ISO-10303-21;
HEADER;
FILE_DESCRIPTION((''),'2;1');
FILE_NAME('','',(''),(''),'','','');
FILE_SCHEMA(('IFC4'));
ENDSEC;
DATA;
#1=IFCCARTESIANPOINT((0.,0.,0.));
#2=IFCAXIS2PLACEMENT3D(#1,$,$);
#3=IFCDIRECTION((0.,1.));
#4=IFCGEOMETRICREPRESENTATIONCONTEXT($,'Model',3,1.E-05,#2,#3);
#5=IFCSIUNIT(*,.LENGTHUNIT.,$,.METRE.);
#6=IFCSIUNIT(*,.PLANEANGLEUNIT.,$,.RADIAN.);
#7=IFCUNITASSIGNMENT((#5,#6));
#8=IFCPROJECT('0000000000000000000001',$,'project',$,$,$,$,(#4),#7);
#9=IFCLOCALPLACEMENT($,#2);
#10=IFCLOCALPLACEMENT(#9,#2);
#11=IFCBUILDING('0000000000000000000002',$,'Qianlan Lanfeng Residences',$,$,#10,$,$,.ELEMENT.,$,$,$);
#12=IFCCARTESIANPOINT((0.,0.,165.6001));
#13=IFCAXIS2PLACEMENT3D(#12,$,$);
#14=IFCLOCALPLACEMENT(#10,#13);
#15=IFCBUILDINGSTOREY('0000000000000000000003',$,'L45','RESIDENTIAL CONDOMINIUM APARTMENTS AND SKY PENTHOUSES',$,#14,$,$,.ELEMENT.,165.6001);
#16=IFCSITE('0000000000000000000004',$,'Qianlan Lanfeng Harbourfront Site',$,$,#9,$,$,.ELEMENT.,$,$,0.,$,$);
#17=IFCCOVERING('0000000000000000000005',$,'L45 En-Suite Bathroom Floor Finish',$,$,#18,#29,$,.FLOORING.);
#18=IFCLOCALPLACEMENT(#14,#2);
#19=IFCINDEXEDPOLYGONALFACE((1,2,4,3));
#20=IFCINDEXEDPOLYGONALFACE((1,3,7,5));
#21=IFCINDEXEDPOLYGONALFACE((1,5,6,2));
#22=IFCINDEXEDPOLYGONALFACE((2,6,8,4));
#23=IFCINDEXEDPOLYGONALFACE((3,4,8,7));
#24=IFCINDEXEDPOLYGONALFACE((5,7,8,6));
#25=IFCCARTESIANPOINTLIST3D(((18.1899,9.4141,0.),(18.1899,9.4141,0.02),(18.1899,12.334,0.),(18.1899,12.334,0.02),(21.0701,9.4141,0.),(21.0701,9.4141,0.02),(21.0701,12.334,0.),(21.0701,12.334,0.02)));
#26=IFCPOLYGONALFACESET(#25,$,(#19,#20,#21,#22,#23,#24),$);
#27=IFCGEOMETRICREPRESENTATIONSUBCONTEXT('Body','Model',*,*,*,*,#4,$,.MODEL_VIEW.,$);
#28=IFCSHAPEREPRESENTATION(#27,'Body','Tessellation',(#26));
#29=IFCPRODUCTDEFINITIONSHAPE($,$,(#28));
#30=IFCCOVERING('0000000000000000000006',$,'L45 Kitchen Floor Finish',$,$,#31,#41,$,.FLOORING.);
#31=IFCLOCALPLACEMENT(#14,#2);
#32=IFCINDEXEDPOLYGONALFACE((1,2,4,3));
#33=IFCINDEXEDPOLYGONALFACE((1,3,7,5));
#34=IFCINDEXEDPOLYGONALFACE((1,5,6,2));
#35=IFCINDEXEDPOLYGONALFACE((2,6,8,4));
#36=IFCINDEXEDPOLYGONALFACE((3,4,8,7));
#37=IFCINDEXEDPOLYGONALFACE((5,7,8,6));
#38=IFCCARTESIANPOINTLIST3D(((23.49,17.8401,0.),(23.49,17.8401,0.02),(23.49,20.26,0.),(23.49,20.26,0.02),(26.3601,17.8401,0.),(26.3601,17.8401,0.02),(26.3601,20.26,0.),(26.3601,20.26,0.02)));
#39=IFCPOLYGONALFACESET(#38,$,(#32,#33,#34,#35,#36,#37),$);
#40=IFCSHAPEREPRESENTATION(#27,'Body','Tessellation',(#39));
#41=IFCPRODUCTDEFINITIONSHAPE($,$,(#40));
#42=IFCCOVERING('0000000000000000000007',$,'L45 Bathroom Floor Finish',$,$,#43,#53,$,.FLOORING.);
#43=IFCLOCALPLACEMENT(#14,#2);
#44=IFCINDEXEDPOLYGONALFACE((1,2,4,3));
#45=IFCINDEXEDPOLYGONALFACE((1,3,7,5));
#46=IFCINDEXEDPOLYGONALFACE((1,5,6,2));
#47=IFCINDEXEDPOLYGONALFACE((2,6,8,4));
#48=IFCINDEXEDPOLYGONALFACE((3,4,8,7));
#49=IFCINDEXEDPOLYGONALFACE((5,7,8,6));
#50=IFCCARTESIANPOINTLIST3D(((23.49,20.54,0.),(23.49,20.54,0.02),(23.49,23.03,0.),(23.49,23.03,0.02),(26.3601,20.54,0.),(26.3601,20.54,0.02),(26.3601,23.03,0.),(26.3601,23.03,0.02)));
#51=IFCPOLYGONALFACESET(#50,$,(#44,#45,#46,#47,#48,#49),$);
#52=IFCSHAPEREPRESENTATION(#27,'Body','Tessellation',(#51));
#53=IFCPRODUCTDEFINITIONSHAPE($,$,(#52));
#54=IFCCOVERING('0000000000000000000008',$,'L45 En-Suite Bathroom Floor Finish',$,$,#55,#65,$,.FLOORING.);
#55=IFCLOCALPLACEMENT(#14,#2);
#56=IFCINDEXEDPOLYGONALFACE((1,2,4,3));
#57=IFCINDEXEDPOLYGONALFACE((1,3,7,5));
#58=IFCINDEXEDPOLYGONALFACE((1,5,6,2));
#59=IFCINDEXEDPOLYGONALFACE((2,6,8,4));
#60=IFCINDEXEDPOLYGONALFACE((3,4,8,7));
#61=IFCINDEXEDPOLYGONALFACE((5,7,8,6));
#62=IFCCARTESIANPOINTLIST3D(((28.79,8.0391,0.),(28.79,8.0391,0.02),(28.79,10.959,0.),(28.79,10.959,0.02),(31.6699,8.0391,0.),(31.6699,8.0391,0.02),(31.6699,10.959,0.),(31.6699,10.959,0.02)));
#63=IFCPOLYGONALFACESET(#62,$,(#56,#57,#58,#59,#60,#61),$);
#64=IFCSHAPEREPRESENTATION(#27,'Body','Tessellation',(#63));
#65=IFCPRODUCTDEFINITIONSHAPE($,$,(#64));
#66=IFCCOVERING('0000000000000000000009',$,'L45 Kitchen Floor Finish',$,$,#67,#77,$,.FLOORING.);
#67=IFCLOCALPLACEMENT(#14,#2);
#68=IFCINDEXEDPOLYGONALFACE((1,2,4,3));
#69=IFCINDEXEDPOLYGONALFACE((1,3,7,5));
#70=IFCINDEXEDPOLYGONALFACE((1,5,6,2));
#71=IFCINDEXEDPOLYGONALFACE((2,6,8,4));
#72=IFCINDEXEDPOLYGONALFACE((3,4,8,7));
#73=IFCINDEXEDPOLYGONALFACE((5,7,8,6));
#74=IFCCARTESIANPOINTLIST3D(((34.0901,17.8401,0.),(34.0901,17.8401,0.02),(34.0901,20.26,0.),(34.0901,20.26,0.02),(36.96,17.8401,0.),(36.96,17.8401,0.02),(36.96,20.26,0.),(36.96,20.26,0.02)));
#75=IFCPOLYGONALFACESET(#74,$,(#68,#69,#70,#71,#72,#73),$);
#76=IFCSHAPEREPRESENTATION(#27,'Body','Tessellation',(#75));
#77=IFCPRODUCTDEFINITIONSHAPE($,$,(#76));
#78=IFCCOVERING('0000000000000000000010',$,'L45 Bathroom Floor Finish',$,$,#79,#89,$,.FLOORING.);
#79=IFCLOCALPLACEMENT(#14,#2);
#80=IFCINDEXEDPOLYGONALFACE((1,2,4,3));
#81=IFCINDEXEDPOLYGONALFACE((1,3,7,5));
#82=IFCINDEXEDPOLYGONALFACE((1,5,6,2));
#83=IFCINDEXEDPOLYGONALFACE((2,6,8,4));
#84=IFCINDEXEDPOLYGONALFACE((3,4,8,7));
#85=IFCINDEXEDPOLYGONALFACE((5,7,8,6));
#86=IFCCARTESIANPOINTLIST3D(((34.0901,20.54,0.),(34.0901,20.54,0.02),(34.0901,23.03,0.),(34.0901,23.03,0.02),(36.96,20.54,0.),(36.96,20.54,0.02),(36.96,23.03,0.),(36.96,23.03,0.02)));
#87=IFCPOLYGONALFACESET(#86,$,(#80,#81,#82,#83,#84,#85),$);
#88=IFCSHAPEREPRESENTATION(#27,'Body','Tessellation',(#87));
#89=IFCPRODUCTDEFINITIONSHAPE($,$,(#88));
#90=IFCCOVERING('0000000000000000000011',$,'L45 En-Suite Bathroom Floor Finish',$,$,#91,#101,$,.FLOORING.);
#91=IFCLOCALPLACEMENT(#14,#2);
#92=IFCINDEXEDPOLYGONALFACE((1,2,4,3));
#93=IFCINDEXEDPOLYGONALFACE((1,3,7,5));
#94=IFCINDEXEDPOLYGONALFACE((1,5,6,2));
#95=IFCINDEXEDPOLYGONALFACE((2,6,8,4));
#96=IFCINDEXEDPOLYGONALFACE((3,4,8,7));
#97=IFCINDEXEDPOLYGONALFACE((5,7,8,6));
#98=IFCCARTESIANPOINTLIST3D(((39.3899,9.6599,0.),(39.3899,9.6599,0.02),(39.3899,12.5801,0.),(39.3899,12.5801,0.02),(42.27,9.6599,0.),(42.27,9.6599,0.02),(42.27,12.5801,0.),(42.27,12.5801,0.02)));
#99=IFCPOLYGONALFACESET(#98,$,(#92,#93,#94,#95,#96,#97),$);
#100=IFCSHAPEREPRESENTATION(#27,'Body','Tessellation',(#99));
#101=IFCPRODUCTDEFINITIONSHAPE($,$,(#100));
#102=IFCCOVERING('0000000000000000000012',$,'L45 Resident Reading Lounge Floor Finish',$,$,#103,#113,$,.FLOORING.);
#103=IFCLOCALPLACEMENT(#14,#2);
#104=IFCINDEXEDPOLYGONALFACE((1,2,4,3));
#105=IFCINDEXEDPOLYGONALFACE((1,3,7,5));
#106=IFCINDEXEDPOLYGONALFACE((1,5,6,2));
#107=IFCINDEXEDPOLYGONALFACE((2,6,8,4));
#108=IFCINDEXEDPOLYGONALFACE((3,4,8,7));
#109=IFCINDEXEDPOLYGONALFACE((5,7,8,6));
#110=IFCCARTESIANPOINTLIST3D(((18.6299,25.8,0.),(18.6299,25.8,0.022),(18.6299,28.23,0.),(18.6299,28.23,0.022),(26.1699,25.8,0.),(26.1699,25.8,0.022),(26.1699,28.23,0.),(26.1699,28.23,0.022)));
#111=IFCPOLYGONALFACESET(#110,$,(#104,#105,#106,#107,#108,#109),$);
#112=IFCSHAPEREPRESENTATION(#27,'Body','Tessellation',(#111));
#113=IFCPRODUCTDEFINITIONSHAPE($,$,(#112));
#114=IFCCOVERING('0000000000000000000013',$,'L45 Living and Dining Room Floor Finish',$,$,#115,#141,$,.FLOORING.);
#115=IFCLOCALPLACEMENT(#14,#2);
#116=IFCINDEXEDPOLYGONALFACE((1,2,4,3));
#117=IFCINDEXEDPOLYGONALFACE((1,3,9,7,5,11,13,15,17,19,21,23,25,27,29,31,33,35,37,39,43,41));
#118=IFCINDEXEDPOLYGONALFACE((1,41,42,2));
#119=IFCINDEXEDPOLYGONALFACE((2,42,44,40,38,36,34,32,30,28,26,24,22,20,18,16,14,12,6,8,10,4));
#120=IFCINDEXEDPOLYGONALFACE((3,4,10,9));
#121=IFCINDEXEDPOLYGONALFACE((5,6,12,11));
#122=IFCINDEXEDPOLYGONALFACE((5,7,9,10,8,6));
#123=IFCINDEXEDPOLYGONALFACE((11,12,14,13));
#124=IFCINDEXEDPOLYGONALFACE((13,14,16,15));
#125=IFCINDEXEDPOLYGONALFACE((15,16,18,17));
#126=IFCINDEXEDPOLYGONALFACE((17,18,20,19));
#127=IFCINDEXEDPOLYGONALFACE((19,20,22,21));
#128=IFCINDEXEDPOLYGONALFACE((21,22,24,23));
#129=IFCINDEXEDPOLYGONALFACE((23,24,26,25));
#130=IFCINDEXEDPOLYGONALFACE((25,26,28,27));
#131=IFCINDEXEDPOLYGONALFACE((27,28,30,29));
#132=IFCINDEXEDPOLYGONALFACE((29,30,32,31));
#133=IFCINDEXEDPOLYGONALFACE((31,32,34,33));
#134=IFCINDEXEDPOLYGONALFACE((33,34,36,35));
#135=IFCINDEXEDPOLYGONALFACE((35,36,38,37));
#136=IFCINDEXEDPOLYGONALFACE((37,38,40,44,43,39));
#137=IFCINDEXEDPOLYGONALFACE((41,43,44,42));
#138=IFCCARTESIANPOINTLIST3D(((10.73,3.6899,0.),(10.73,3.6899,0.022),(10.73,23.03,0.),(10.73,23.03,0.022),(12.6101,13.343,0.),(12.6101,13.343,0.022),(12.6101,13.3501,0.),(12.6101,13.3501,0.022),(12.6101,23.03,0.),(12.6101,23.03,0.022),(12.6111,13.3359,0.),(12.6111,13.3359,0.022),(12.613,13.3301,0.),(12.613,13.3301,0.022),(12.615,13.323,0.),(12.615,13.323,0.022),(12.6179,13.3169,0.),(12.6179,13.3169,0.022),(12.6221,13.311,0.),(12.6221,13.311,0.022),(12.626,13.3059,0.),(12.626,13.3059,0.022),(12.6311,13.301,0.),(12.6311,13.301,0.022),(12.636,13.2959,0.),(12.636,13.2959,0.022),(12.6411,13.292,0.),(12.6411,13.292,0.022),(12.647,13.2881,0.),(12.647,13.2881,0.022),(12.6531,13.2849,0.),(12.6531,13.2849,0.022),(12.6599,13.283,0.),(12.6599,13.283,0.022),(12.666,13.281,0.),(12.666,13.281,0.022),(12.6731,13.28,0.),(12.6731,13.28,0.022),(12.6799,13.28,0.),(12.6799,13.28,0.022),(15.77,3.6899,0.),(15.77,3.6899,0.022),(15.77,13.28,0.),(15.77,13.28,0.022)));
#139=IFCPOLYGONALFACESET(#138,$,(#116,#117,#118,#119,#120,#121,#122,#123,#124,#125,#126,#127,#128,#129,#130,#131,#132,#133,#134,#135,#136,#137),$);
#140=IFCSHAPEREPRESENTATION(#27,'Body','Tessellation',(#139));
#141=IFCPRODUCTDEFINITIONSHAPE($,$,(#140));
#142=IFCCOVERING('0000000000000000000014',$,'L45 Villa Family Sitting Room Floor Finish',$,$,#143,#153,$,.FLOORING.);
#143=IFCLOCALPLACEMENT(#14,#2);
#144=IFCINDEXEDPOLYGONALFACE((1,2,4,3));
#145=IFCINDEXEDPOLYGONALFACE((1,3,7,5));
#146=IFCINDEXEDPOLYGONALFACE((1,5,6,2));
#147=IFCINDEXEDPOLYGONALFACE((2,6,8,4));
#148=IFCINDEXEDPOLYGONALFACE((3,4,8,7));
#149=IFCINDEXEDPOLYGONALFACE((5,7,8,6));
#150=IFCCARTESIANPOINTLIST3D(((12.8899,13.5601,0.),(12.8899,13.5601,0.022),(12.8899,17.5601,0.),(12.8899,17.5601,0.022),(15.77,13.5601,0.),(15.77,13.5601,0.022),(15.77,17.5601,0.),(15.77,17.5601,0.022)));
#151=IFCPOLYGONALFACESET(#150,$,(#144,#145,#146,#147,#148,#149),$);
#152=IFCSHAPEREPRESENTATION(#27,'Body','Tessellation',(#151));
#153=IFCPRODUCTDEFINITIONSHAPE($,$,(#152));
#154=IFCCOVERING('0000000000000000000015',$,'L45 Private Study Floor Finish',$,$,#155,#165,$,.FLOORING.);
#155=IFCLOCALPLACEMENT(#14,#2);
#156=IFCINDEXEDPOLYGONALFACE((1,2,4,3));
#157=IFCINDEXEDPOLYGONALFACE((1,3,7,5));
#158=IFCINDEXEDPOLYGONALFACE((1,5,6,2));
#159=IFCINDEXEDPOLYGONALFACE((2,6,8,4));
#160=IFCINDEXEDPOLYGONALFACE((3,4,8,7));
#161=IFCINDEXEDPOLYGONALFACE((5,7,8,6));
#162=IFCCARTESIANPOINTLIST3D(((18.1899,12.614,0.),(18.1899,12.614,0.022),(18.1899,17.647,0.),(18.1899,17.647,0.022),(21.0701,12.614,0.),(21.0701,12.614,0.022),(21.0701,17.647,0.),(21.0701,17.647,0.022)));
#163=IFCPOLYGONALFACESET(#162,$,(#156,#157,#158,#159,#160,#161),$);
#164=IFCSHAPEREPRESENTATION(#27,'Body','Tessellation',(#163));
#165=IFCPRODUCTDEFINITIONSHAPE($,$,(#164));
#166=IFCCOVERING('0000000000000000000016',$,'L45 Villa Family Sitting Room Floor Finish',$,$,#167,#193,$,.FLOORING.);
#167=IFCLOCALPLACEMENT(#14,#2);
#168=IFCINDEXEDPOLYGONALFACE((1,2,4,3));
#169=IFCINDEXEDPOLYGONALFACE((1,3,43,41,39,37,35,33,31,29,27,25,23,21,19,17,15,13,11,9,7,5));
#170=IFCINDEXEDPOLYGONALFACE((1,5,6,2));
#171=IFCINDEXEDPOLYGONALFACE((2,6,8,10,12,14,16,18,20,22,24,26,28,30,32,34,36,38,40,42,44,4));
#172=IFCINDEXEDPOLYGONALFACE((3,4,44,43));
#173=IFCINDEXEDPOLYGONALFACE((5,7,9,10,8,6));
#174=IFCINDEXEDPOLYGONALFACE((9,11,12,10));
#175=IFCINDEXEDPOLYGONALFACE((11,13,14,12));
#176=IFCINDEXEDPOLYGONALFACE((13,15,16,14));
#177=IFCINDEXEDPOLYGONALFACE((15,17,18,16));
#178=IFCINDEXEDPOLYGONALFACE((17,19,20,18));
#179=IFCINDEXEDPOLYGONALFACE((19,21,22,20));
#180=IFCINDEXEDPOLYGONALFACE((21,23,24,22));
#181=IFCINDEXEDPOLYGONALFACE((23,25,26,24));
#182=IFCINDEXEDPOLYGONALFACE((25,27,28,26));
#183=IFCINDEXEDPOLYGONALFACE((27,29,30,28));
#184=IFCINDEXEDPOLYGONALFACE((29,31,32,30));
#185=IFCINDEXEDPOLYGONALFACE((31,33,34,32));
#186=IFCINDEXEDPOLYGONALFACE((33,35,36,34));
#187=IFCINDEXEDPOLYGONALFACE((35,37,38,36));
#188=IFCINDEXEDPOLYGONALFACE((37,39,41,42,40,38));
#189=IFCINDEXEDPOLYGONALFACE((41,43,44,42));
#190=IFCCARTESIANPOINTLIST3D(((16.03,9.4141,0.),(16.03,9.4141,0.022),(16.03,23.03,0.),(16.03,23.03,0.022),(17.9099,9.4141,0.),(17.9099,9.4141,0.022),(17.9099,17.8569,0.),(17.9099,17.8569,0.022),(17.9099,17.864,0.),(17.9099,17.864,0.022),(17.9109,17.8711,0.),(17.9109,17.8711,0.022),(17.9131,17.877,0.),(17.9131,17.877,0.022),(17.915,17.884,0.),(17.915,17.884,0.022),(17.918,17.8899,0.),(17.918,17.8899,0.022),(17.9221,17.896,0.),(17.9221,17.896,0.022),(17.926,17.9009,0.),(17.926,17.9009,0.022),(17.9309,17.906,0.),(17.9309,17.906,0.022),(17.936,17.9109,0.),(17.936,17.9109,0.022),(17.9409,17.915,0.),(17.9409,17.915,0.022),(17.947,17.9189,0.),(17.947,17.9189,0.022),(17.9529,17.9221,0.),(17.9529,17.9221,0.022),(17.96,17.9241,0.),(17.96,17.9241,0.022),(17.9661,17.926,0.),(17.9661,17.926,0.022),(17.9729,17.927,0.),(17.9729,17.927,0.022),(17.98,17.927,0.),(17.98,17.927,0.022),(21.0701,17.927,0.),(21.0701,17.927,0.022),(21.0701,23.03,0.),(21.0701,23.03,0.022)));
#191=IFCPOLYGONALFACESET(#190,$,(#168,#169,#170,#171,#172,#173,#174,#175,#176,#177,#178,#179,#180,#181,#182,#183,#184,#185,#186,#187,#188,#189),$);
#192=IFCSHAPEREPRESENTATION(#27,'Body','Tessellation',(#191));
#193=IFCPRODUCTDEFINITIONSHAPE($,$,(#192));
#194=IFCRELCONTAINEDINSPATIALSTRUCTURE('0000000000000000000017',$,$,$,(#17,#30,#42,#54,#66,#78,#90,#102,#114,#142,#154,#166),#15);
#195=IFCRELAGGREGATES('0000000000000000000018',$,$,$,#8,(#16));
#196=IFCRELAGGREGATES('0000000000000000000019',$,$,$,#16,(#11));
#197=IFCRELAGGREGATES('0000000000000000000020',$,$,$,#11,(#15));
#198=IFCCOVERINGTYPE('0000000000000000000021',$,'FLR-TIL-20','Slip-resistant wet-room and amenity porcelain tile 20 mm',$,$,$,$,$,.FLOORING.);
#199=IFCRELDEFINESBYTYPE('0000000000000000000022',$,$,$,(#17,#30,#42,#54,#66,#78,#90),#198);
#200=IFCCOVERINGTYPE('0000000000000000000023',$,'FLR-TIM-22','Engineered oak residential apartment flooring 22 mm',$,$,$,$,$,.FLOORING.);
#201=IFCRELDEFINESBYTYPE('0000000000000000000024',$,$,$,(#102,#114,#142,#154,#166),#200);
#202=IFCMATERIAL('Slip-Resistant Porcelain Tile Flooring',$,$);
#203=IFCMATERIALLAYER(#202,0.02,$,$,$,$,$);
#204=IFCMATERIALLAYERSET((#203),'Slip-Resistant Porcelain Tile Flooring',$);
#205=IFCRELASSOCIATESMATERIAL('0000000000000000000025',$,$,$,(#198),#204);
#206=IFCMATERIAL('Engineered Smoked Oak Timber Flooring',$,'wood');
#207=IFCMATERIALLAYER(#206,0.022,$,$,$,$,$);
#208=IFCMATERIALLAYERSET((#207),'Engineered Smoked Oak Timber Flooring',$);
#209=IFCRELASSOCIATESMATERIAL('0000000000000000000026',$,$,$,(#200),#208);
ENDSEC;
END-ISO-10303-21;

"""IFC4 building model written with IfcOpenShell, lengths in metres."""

from ifc_helpers import new_model, si_unit, direction, frame, origin, place, context, subcontext, project, spatial, polyline, outline, extrude, material, layer, layer_set, type_object, element, save


model = new_model("IFC4")

# Units and contexts
model_context = context("Model", 3, precision=1e-05, world=origin(), true_north=direction((0.0, 1.0)))
body_context = subcontext(model_context, "Body", "Model", "MODEL_VIEW")
ifc_project = project(units=[si_unit("LENGTHUNIT", "METRE"), si_unit("PLANEANGLEUNIT", "RADIAN")], contexts=[model_context])

# Site, building, storey
site_placement = place(None, origin())
site = spatial("IfcSite", under=ifc_project, at=site_placement, Name="Qianlan Lanfeng Harbourfront Site", CompositionType="ELEMENT", RefElevation=0.0)
building_placement = place(site_placement, origin())
building = spatial("IfcBuilding", under=site, at=building_placement, Name="Qianlan Lanfeng Residences", CompositionType="ELEMENT")
storey_placement = place(building_placement, frame((0.0, 0.0, 165.6001)))
storey = spatial("IfcBuildingStorey", under=building, at=storey_placement, Name="L45", Description="RESIDENTIAL CONDOMINIUM APARTMENTS AND SKY PENTHOUSES", CompositionType="ELEMENT", Elevation=165.6001)

# Coverings
ifc_material_1 = material(Name="Slip-Resistant Porcelain Tile Flooring")
ifc_layer_1 = layer(ifc_material_1, 0.02)
ifc_layer_set_1 = layer_set([ifc_layer_1], Name="Slip-Resistant Porcelain Tile Flooring")
covering_type_1 = type_object("IfcCoveringType", Name="FLR-TIL-20", Description="Slip-resistant wet-room and amenity porcelain tile 20 mm", PredefinedType="FLOORING", material=ifc_layer_set_1)
covering_1_placement = place(storey_placement, origin())
element("IfcCovering", 1, at=covering_1_placement, inside=storey, type_object=covering_type_1, Name="L45 En-Suite Bathroom Floor Finish", PredefinedType="FLOORING", context=body_context, shape_type="SweptSolid", body=[
    extrude(outline(polyline([(18.1899, 9.4141), (21.0701, 9.4141), (21.0701, 12.334), (18.1899, 12.334), (18.1899, 9.4141)])), origin(), (0.0, 0.0, 1.0), 0.02),
])
covering_2_placement = place(storey_placement, origin())
element("IfcCovering", 2, at=covering_2_placement, inside=storey, type_object=covering_type_1, Name="L45 Kitchen Floor Finish", PredefinedType="FLOORING", context=body_context, shape_type="SweptSolid", body=[
    extrude(outline(polyline([(23.49, 17.8401), (26.3601, 17.8401), (26.3601, 20.26), (23.49, 20.26), (23.49, 17.8401)])), origin(), (0.0, 0.0, 1.0), 0.02),
])
covering_3_placement = place(storey_placement, origin())
element("IfcCovering", 3, at=covering_3_placement, inside=storey, type_object=covering_type_1, Name="L45 Bathroom Floor Finish", PredefinedType="FLOORING", context=body_context, shape_type="SweptSolid", body=[
    extrude(outline(polyline([(23.49, 20.54), (26.3601, 20.54), (26.3601, 23.03), (23.49, 23.03), (23.49, 20.54)])), origin(), (0.0, 0.0, 1.0), 0.02),
])
covering_4_placement = place(storey_placement, origin())
element("IfcCovering", 4, at=covering_4_placement, inside=storey, type_object=covering_type_1, Name="L45 En-Suite Bathroom Floor Finish", PredefinedType="FLOORING", context=body_context, shape_type="SweptSolid", body=[
    extrude(outline(polyline([(28.79, 8.0391), (31.6699, 8.0391), (31.6699, 10.959), (28.79, 10.959), (28.79, 8.0391)])), origin(), (0.0, 0.0, 1.0), 0.02),
])
covering_5_placement = place(storey_placement, origin())
element("IfcCovering", 5, at=covering_5_placement, inside=storey, type_object=covering_type_1, Name="L45 Kitchen Floor Finish", PredefinedType="FLOORING", context=body_context, shape_type="SweptSolid", body=[
    extrude(outline(polyline([(34.0901, 17.8401), (36.96, 17.8401), (36.96, 20.26), (34.0901, 20.26), (34.0901, 17.8401)])), origin(), (0.0, 0.0, 1.0), 0.02),
])
covering_6_placement = place(storey_placement, origin())
element("IfcCovering", 6, at=covering_6_placement, inside=storey, type_object=covering_type_1, Name="L45 Bathroom Floor Finish", PredefinedType="FLOORING", context=body_context, shape_type="SweptSolid", body=[
    extrude(outline(polyline([(34.0901, 20.54), (36.96, 20.54), (36.96, 23.03), (34.0901, 23.03), (34.0901, 20.54)])), origin(), (0.0, 0.0, 1.0), 0.02),
])
covering_7_placement = place(storey_placement, origin())
element("IfcCovering", 7, at=covering_7_placement, inside=storey, type_object=covering_type_1, Name="L45 En-Suite Bathroom Floor Finish", PredefinedType="FLOORING", context=body_context, shape_type="SweptSolid", body=[
    extrude(outline(polyline([(39.3899, 9.6599), (42.27, 9.6599), (42.27, 12.5801), (39.3899, 12.5801), (39.3899, 9.6599)])), origin(), (0.0, 0.0, 1.0), 0.02),
])
ifc_material_2 = material(Name="Engineered Smoked Oak Timber Flooring", Category="wood")
ifc_layer_2 = layer(ifc_material_2, 0.022)
ifc_layer_set_2 = layer_set([ifc_layer_2], Name="Engineered Smoked Oak Timber Flooring")
covering_type_2 = type_object("IfcCoveringType", Name="FLR-TIM-22", Description="Engineered oak residential apartment flooring 22 mm", PredefinedType="FLOORING", material=ifc_layer_set_2)
covering_8_placement = place(storey_placement, origin())
element("IfcCovering", 8, at=covering_8_placement, inside=storey, type_object=covering_type_2, Name="L45 Resident Reading Lounge Floor Finish", PredefinedType="FLOORING", context=body_context, shape_type="SweptSolid", body=[
    extrude(outline(polyline([(18.6299, 25.8), (26.1699, 25.8), (26.1699, 28.23), (18.6299, 28.23), (18.6299, 25.8)])), origin(), (0.0, 0.0, 1.0), 0.022),
])
covering_9_placement = place(storey_placement, origin())
element("IfcCovering", 9, at=covering_9_placement, inside=storey, type_object=covering_type_2, Name="L45 Living and Dining Room Floor Finish", PredefinedType="FLOORING", context=body_context, shape_type="SweptSolid", body=[
    extrude(outline(polyline([(15.77, 3.6899), (15.77, 13.28), (12.6799, 13.28), (12.6731, 13.28), (12.666, 13.281), (12.6599, 13.283), (12.6531, 13.2849), (12.647, 13.2881), (12.6411, 13.292), (12.636, 13.2959), (12.6311, 13.301), (12.626, 13.3059), (12.6221, 13.311), (12.6179, 13.3169), (12.615, 13.323), (12.613, 13.3301), (12.6111, 13.3359), (12.6101, 13.343), (12.6101, 13.3501), (12.6101, 23.03), (10.73, 23.03), (10.73, 3.6899), (15.77, 3.6899)])), origin(), (0.0, 0.0, 1.0), 0.022),
])
covering_10_placement = place(storey_placement, origin())
element("IfcCovering", 10, at=covering_10_placement, inside=storey, type_object=covering_type_2, Name="L45 Villa Family Sitting Room Floor Finish", PredefinedType="FLOORING", context=body_context, shape_type="SweptSolid", body=[
    extrude(outline(polyline([(12.8899, 17.5601), (12.8899, 13.5601), (15.77, 13.5601), (15.77, 17.5601), (12.8899, 17.5601)])), origin(), (0.0, 0.0, 1.0), 0.022),
])
covering_11_placement = place(storey_placement, origin())
element("IfcCovering", 11, at=covering_11_placement, inside=storey, type_object=covering_type_2, Name="L45 Private Study Floor Finish", PredefinedType="FLOORING", context=body_context, shape_type="SweptSolid", body=[
    extrude(outline(polyline([(18.1899, 12.614), (21.0701, 12.614), (21.0701, 17.647), (18.1899, 17.647), (18.1899, 12.614)])), origin(), (0.0, 0.0, 1.0), 0.022),
])
covering_12_placement = place(storey_placement, origin())
element("IfcCovering", 12, at=covering_12_placement, inside=storey, type_object=covering_type_2, Name="L45 Villa Family Sitting Room Floor Finish", PredefinedType="FLOORING", context=body_context, shape_type="SweptSolid", body=[
    extrude(outline(polyline([(16.03, 9.4141), (17.9099, 9.4141), (17.9099, 17.8569), (17.9099, 17.864), (17.9109, 17.8711), (17.9131, 17.877), (17.915, 17.884), (17.918, 17.8899), (17.9221, 17.896), (17.926, 17.9009), (17.9309, 17.906), (17.936, 17.9109), (17.9409, 17.915), (17.947, 17.9189), (17.9529, 17.9221), (17.96, 17.9241), (17.9661, 17.926), (17.9729, 17.927), (17.98, 17.927), (21.0701, 17.927), (21.0701, 23.03), (16.03, 23.03), (16.03, 9.4141)])), origin(), (0.0, 0.0, 1.0), 0.022),
])

save(model, "model.ifc")
